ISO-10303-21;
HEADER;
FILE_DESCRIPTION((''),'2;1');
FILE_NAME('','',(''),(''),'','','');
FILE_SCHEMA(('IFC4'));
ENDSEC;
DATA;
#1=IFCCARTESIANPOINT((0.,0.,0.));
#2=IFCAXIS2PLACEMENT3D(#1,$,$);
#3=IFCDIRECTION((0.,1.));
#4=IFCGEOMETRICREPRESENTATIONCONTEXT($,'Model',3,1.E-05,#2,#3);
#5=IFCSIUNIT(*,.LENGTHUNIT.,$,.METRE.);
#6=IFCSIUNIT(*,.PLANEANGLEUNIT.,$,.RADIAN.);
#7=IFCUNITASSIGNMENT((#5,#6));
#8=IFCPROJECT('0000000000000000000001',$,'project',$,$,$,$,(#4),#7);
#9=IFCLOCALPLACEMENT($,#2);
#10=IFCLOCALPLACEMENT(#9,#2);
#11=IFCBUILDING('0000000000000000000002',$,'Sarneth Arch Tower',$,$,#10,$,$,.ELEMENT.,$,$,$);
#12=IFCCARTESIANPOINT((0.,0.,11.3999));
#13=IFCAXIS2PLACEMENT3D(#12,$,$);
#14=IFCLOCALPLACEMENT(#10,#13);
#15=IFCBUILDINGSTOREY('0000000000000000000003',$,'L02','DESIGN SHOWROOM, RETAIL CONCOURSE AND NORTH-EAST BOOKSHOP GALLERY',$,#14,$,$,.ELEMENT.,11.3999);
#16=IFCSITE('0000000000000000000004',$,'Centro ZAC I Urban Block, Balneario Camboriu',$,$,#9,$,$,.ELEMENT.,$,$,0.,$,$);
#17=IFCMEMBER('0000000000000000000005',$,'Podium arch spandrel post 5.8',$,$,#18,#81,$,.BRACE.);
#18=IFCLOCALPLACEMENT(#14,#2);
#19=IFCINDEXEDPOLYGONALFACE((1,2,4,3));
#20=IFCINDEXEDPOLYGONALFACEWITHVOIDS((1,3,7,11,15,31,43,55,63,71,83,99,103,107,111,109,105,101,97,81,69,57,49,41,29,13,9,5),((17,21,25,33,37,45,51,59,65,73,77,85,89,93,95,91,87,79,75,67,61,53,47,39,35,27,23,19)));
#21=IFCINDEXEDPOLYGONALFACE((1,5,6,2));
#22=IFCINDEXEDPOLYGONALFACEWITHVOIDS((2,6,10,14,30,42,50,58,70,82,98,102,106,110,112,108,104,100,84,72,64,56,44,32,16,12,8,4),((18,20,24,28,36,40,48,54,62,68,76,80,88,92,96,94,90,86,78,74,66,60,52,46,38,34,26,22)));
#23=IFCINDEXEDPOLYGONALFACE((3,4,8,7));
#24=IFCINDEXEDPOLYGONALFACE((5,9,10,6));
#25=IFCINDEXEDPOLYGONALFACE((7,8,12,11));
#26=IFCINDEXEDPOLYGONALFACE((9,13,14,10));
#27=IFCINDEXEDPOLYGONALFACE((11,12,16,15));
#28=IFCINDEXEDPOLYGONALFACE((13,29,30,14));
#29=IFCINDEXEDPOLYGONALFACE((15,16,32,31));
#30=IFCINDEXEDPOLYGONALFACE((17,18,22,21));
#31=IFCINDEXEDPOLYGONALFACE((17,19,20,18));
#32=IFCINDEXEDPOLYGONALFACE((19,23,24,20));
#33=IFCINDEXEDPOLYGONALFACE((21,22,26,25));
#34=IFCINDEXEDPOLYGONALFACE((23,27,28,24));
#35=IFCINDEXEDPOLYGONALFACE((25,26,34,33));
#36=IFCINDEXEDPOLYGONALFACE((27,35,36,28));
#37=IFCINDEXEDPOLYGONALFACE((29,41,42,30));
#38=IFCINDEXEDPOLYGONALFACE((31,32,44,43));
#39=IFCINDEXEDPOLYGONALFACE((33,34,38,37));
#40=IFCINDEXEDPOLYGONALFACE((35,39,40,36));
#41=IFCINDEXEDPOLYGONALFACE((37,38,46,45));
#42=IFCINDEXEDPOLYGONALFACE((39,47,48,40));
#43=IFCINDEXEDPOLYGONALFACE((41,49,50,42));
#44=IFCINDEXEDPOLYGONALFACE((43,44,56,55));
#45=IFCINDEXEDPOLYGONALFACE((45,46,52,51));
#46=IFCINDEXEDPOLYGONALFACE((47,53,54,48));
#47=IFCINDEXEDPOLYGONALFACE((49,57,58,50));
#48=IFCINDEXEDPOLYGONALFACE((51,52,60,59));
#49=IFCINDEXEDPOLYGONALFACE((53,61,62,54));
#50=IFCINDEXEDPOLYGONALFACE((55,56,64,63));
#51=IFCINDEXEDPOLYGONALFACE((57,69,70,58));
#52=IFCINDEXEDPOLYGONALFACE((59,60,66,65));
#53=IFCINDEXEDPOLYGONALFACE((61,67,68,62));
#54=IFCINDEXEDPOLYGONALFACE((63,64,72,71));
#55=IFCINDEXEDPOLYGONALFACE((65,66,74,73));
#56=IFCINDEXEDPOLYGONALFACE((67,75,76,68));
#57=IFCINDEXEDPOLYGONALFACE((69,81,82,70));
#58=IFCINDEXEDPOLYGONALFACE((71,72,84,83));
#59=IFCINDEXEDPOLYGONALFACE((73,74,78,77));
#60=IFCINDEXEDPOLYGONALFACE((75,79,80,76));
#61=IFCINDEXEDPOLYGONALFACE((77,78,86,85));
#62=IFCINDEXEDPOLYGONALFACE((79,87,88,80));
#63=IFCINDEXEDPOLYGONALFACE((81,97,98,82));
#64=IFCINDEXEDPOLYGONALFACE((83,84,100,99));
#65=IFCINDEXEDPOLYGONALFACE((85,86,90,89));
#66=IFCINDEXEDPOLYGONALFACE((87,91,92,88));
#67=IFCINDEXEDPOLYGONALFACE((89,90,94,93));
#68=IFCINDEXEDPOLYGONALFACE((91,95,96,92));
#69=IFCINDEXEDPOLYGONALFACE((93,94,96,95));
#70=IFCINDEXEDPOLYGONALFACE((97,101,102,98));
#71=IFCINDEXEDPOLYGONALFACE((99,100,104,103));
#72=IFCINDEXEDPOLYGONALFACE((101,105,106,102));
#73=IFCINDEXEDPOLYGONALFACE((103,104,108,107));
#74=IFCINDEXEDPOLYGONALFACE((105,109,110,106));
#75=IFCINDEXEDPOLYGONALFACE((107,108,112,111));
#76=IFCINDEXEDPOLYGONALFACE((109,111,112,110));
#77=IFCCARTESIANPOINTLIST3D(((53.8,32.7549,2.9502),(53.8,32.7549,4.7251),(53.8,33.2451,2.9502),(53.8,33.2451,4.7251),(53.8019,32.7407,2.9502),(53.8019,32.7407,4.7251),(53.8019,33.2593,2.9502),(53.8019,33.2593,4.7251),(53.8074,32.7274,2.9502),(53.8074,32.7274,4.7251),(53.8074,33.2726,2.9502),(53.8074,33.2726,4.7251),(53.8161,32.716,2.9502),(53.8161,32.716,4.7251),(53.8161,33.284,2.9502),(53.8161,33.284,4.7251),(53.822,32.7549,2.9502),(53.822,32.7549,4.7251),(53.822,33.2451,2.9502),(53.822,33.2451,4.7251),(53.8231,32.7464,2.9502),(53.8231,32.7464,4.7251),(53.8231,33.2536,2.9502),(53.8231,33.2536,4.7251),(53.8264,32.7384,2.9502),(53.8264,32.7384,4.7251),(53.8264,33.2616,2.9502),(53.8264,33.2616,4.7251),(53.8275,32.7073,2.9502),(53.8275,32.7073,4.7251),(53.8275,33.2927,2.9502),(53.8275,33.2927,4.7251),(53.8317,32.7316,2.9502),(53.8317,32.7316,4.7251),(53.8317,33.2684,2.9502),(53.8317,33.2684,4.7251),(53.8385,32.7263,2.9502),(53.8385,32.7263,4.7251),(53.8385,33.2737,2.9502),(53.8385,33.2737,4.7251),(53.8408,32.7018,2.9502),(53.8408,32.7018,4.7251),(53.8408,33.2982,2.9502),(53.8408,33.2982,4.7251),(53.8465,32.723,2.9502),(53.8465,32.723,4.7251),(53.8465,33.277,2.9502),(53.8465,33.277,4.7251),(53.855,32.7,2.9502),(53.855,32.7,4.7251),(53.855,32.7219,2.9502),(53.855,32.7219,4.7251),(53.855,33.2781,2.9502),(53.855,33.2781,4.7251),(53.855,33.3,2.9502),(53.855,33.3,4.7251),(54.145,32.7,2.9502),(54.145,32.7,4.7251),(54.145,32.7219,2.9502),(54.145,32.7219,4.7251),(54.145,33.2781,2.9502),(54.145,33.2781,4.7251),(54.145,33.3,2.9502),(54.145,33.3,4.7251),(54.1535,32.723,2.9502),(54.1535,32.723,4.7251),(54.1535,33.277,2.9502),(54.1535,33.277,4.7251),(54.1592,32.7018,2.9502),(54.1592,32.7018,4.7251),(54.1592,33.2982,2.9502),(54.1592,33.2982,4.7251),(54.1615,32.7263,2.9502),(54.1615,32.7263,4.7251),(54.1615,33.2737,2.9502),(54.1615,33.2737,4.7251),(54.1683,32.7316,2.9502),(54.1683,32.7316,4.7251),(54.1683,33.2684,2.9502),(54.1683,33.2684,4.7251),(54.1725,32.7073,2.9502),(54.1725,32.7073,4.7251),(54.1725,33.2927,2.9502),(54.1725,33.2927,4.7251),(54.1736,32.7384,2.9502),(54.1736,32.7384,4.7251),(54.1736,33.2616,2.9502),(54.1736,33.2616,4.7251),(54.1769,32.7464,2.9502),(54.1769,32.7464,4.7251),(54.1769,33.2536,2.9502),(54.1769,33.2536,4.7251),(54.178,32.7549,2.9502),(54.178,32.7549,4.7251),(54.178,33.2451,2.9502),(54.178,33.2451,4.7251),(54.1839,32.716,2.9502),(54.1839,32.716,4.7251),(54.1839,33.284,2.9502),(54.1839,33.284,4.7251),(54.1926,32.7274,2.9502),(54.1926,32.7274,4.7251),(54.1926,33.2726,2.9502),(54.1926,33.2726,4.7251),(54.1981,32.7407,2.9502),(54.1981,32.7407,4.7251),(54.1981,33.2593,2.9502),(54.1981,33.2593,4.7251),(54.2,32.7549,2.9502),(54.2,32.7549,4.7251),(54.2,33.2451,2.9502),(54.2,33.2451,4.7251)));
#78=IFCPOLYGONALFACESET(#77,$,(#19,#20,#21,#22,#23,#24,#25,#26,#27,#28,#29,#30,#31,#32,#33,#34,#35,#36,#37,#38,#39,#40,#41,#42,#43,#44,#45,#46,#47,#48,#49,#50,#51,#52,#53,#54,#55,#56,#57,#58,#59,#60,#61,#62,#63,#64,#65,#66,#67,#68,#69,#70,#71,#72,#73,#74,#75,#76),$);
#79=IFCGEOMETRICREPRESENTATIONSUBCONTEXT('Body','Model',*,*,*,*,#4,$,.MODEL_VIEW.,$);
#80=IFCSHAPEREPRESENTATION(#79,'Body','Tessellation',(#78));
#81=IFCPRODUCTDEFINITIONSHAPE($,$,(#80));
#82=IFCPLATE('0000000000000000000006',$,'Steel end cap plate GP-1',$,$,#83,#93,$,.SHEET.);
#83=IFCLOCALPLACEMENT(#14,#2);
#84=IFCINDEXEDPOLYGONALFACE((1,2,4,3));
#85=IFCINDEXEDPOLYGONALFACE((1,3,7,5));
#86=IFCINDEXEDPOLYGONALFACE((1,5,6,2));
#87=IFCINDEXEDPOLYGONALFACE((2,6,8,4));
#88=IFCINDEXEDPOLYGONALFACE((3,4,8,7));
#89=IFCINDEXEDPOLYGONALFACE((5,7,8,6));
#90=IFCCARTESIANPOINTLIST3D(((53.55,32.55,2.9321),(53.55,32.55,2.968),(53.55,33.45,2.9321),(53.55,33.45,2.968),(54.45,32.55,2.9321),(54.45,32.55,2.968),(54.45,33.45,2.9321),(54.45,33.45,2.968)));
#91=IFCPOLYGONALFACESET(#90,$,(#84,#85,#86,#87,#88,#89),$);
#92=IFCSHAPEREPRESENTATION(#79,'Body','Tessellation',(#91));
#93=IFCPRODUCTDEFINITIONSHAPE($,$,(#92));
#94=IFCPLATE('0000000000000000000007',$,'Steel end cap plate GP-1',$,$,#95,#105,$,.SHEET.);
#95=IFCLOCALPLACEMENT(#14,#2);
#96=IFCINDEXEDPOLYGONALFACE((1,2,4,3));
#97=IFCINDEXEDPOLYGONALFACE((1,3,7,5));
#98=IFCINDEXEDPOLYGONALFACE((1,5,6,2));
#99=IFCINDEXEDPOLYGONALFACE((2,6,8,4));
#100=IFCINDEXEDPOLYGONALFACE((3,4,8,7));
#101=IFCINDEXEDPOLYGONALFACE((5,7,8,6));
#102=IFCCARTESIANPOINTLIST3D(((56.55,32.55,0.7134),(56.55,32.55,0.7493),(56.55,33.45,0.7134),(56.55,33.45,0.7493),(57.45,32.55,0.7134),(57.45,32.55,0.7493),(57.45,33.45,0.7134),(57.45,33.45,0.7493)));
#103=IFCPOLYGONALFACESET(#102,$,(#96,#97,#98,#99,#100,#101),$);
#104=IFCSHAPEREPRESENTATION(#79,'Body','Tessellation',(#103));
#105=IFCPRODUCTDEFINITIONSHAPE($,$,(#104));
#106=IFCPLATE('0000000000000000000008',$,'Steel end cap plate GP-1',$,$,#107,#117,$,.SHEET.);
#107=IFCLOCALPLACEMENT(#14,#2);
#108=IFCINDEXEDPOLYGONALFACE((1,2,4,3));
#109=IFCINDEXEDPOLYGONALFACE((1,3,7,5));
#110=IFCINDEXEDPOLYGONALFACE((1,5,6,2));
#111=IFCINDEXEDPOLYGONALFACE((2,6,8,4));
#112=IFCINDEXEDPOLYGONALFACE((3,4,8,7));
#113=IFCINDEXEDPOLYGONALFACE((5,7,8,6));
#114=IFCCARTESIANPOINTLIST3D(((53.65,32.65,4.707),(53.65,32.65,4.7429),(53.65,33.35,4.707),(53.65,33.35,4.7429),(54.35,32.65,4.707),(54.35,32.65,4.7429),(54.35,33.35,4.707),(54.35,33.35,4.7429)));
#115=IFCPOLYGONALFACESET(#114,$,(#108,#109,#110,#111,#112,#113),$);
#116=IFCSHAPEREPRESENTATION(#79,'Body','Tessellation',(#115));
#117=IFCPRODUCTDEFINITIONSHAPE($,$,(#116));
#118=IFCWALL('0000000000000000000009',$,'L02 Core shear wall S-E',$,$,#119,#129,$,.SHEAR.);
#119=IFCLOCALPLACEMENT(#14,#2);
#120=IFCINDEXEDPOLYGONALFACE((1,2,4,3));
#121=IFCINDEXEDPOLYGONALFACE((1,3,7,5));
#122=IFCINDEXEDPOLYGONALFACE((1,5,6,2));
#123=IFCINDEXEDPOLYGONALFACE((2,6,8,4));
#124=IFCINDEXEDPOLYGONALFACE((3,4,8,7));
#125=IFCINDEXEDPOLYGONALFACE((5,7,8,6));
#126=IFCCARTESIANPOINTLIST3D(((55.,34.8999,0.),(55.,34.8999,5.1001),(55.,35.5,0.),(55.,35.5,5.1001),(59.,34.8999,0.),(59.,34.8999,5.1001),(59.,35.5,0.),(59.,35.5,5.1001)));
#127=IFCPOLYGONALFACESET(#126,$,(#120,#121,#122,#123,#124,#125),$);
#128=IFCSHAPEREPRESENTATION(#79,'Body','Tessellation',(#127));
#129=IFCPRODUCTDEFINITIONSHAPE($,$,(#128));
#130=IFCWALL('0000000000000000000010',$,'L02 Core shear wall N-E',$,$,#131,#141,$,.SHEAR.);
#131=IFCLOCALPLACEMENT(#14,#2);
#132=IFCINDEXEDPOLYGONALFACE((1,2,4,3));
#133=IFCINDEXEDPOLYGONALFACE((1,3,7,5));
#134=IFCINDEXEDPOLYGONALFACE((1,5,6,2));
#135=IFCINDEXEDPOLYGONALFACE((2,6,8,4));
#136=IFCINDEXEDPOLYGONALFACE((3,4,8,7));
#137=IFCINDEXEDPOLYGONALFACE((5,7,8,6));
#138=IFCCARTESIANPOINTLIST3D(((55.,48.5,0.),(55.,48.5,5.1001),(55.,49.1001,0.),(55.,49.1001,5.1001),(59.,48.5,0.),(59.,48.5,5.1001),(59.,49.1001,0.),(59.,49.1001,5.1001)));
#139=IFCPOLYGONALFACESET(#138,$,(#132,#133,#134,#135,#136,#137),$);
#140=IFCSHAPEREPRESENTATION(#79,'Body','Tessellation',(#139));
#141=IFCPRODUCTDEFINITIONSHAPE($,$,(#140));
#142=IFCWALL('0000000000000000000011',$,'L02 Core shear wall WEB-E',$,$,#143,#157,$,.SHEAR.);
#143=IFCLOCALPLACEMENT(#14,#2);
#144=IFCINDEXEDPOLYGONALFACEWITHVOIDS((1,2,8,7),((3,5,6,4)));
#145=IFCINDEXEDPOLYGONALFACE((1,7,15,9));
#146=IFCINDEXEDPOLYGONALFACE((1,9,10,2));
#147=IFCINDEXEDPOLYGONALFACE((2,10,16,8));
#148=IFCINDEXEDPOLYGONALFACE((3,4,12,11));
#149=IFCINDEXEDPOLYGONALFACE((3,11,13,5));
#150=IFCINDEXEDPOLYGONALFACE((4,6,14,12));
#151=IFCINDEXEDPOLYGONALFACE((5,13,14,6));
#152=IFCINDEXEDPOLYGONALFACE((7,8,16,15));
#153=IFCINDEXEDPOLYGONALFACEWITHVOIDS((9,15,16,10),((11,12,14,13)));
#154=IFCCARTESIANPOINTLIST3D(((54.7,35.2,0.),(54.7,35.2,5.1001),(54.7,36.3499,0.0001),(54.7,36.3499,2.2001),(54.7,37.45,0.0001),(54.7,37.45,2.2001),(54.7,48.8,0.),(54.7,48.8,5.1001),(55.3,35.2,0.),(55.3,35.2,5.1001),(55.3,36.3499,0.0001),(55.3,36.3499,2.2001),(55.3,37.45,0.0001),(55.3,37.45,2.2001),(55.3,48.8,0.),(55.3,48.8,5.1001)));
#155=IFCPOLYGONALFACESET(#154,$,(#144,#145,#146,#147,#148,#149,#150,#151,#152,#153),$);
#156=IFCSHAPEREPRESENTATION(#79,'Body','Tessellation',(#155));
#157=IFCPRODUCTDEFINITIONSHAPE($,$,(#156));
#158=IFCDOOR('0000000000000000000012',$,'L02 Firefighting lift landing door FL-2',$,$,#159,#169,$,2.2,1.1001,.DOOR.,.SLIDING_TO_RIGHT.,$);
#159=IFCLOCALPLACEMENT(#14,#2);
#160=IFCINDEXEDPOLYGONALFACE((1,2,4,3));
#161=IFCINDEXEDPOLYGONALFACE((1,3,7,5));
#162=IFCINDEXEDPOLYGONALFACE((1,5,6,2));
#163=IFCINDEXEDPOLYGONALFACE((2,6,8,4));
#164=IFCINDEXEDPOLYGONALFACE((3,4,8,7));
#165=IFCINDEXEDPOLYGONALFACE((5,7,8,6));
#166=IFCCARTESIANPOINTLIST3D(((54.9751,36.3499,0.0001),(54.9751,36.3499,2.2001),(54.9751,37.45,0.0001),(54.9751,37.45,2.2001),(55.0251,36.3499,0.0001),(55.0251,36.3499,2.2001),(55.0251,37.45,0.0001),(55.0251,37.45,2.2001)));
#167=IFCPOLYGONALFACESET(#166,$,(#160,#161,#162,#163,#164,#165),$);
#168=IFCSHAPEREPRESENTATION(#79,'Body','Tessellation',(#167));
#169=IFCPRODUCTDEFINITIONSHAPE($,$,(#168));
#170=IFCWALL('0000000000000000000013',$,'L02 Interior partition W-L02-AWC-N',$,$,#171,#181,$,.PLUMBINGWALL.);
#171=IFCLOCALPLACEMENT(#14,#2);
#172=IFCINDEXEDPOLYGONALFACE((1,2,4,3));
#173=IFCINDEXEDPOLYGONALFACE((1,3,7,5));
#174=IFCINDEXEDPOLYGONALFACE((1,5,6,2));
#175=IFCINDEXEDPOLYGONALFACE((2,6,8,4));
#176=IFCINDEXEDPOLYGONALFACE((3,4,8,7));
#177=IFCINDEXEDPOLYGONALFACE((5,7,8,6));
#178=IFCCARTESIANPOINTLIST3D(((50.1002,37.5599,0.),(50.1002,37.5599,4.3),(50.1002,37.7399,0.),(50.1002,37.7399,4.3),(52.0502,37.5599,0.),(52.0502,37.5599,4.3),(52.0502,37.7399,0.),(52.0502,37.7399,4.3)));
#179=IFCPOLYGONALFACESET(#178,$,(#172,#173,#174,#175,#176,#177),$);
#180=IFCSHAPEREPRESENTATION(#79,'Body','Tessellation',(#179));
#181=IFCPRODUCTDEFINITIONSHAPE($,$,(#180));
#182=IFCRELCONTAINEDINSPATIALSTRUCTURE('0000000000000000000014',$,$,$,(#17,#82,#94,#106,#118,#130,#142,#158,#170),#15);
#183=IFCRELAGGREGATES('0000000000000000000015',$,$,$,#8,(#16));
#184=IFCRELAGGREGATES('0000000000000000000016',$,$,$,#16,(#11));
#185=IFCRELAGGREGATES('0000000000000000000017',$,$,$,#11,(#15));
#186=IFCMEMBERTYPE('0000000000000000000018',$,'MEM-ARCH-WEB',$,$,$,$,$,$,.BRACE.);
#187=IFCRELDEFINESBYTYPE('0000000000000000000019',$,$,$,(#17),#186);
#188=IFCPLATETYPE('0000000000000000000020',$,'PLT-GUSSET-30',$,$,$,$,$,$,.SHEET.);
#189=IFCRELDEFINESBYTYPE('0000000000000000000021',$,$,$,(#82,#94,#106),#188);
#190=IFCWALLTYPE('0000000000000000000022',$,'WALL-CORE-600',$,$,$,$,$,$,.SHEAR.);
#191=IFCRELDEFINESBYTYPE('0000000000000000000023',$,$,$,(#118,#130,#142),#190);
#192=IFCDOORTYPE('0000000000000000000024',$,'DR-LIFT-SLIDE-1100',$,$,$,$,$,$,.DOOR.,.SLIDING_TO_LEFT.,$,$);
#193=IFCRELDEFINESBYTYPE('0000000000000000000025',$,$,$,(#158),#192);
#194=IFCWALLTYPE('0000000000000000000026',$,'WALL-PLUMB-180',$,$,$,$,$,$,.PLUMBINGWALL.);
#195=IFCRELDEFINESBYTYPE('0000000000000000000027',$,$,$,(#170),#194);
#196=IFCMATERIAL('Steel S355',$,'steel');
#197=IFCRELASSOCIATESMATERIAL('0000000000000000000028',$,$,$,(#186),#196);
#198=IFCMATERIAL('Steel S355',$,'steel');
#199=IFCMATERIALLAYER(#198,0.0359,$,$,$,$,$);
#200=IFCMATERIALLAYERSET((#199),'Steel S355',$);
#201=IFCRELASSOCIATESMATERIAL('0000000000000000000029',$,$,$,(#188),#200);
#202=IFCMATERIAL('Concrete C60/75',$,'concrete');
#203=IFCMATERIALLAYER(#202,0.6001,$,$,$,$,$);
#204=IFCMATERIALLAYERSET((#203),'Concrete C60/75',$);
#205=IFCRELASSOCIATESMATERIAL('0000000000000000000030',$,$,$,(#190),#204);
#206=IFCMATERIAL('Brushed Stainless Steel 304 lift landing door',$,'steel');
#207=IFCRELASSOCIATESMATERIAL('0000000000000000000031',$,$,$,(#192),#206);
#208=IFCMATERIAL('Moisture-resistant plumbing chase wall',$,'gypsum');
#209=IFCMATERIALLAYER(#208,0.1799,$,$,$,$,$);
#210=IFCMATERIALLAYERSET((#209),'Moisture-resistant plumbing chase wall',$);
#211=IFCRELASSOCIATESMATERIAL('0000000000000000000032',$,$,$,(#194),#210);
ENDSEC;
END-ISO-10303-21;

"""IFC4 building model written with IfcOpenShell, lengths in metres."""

from ifc_helpers import new_model, si_unit, direction, frame, frame_2d, origin, origin_2d, place, context, subcontext, project, spatial, rectangle, hollow_rectangle, extrude, material, layer, layer_set, material_profile, profile_set, type_object, element, fill, save


model = new_model("IFC4")

# Units and contexts
model_context = context("Model", 3, precision=1e-05, world=origin(), true_north=direction((0.0, 1.0)))
body_context = subcontext(model_context, "Body", "Model", "MODEL_VIEW")
ifc_project = project(units=[si_unit("LENGTHUNIT", "METRE"), si_unit("PLANEANGLEUNIT", "RADIAN")], contexts=[model_context])

# Site, building, storey
site_placement = place(None, origin())
site = spatial("IfcSite", under=ifc_project, at=site_placement, Name="Centro ZAC I Urban Block, Balneario Camboriu", CompositionType="ELEMENT", RefElevation=0.0)
building_placement = place(site_placement, origin())
building = spatial("IfcBuilding", under=site, at=building_placement, Name="Sarneth Arch Tower", CompositionType="ELEMENT")
storey_placement = place(building_placement, frame((0.0, 0.0, 11.3999)))
storey = spatial("IfcBuildingStorey", under=building, at=storey_placement, Name="L02", Description="DESIGN SHOWROOM, RETAIL CONCOURSE AND NORTH-EAST BOOKSHOP GALLERY", CompositionType="ELEMENT", Elevation=11.3999)

# Member
ifc_material_1 = material(Name="Steel S355", Category="steel")
ifc_material_profile_1 = material_profile(ifc_material_1, hollow_rectangle(XDim=0.3999, YDim=0.6001, WallThickness=0.022, InnerFilletRadius=0.033, OuterFilletRadius=0.0549, at=origin_2d()), Name="RHS600x400x22")
ifc_profile_set_1 = profile_set([ifc_material_profile_1], Name="Steel S355")
member_type_1 = type_object("IfcMemberType", Name="MEM-ARCH-WEB", PredefinedType="BRACE", material=ifc_profile_set_1)
member_1_placement = place(storey_placement, frame((54.0, 33.0, 2.9502), z_axis=(0.0, 0.0, 1.0), x_axis=(1.0, 0.0, 0.0)))
element("IfcMember", 1, at=member_1_placement, inside=storey, type_object=member_type_1, Name="Podium arch spandrel post 5.8", PredefinedType="BRACE", context=body_context, shape_type="SweptSolid", body=[
    extrude(hollow_rectangle(XDim=0.3999, YDim=0.6001, WallThickness=0.022, InnerFilletRadius=0.033, OuterFilletRadius=0.0549, at=origin_2d()), origin(), (0.0, 0.0, 1.0), 1.7749),
])

# Plates
ifc_material_2 = material(Name="Steel S355", Category="steel")
ifc_layer_1 = layer(ifc_material_2, 0.0359)
ifc_layer_set_1 = layer_set([ifc_layer_1], Name="Steel S355")
plate_type = type_object("IfcPlateType", Name="PLT-GUSSET-30", PredefinedType="SHEET", material=ifc_layer_set_1)
for number, where, z_axis, x_axis, name in (
    (2, (54.0, 33.0, 2.9321), (0.0, 0.0, 1.0), (-1.0, 0.0, 0.0), "Steel end cap plate GP-1"),
    (3, (57.0, 33.0, 0.7134), (0.0, 0.0, 1.0), (-1.0, 0.0, 0.0), "Steel end cap plate GP-1"),
):
    element("IfcPlate", number, at=place(storey_placement, frame(where, z_axis=z_axis, x_axis=x_axis)), inside=storey, type_object=plate_type, Name=name, PredefinedType="SHEET", context=body_context, shape_type="SweptSolid", body=[
        extrude(rectangle(XDim=0.8999, YDim=0.8999, at=origin_2d()), origin(), (0.0, 0.0, 1.0), 0.0359),
    ])
plate_placement = place(storey_placement, frame((54.0, 33.0, 4.707), z_axis=(0.0, 0.0, 1.0), x_axis=(1.0, 0.0, 0.0)))
element("IfcPlate", 4, at=plate_placement, inside=storey, type_object=plate_type, Name="Steel end cap plate GP-1", PredefinedType="SHEET", context=body_context, shape_type="SweptSolid", body=[
    extrude(rectangle(XDim=0.7, YDim=0.7, at=origin_2d()), origin(), (0.0, 0.0, 1.0), 0.0359),
])

# Walls
ifc_material_3 = material(Name="Concrete C60/75", Category="concrete")
ifc_layer_2 = layer(ifc_material_3, 0.6001)
ifc_layer_set_2 = layer_set([ifc_layer_2], Name="Concrete C60/75")
wall_type_1 = type_object("IfcWallType", Name="WALL-CORE-600", PredefinedType="SHEAR", material=ifc_layer_set_2)
for number, where, z_axis, x_axis, name in (
    (5, (55.0, 35.2, 0.0), (0.0, 0.0, 1.0), (1.0, 0.0, 0.0), "L02 Core shear wall S-E"),
    (6, (55.0, 48.8, 0.0), (0.0, 0.0, 1.0), (1.0, 0.0, 0.0), "L02 Core shear wall N-E"),
):
    element("IfcWall", number, at=place(storey_placement, frame(where, z_axis=z_axis, x_axis=x_axis)), inside=storey, type_object=wall_type_1, Name=name, PredefinedType="SHEAR", context=body_context, shape_type="SweptSolid", body=[
        extrude(rectangle(XDim=4.0, YDim=0.6001, at=frame_2d((2.0, 0.0))), origin(), (0.0, 0.0, 1.0), 5.1001),
    ])

# Wall, opening, door
wall_1_placement = place(storey_placement, frame((55.0, 35.2, 0.0), z_axis=(0.0, 0.0, 1.0), x_axis=(0.0, 1.0, 0.0)))
wall_1 = element("IfcWall", 7, at=wall_1_placement, inside=storey, type_object=wall_type_1, Name="L02 Core shear wall WEB-E", PredefinedType="SHEAR", context=body_context, shape_type="SweptSolid", body=[
    extrude(rectangle(XDim=13.6001, YDim=0.6001, at=frame_2d((6.8, 0.0))), origin(), (0.0, 0.0, 1.0), 5.1001),
])
opening_1_placement = place(wall_1_placement, frame((1.1499, 0.0, 0.0)))
opening_1 = element("IfcOpeningElement", 8, at=opening_1_placement, cuts=wall_1, PredefinedType="OPENING", context=body_context, shape_type="SweptSolid", body=[
    extrude(rectangle(XDim=1.1001, YDim=2.2, at=frame_2d((0.55, 1.1001))), frame((0.0, 0.3101, 0.0), z_axis=(0.0, -1.0, 0.0), x_axis=(1.0, 0.0, 0.0)), (0.0, 0.0, 1.0), 0.6201),
])
ifc_material_4 = material(Name="Brushed Stainless Steel 304 lift landing door", Category="steel")
door_type_1 = type_object("IfcDoorType", Name="DR-LIFT-SLIDE-1100", OperationType="SLIDING_TO_LEFT", PredefinedType="DOOR", material=ifc_material_4)
door_1_placement = place(opening_1_placement, origin())
door_1 = element("IfcDoor", 9, at=door_1_placement, inside=storey, type_object=door_type_1, Name="L02 Firefighting lift landing door FL-2", OperationType="SLIDING_TO_RIGHT", OverallHeight=2.2, OverallWidth=1.1001, PredefinedType="DOOR", context=body_context, shape_type="SweptSolid", body=[
    extrude(rectangle(XDim=1.1001, YDim=2.2, at=frame_2d((0.55, 1.1001))), frame((0.0, 0.0249, 0.0), z_axis=(0.0, -1.0, 0.0), x_axis=(1.0, 0.0, 0.0)), (0.0, 0.0, 1.0), 0.05),
])
fill(opening_1, door_1)

# Wall
ifc_material_5 = material(Name="Moisture-resistant plumbing chase wall", Category="gypsum")
ifc_layer_3 = layer(ifc_material_5, 0.1799)
ifc_layer_set_3 = layer_set([ifc_layer_3], Name="Moisture-resistant plumbing chase wall")
wall_type_2 = type_object("IfcWallType", Name="WALL-PLUMB-180", PredefinedType="PLUMBINGWALL", material=ifc_layer_set_3)
wall_2_placement = place(storey_placement, frame((50.1001, 37.6499, 0.0), z_axis=(0.0, 0.0, 1.0), x_axis=(1.0, 0.0, 0.0)))
element("IfcWall", 10, at=wall_2_placement, inside=storey, type_object=wall_type_2, Name="L02 Interior partition W-L02-AWC-N", PredefinedType="PLUMBINGWALL", context=body_context, shape_type="SweptSolid", body=[
    extrude(rectangle(XDim=1.95, YDim=0.1799, at=frame_2d((0.9751, 0.0))), origin(), (0.0, 0.0, 1.0), 4.3),
])

save(model, "model.ifc")
